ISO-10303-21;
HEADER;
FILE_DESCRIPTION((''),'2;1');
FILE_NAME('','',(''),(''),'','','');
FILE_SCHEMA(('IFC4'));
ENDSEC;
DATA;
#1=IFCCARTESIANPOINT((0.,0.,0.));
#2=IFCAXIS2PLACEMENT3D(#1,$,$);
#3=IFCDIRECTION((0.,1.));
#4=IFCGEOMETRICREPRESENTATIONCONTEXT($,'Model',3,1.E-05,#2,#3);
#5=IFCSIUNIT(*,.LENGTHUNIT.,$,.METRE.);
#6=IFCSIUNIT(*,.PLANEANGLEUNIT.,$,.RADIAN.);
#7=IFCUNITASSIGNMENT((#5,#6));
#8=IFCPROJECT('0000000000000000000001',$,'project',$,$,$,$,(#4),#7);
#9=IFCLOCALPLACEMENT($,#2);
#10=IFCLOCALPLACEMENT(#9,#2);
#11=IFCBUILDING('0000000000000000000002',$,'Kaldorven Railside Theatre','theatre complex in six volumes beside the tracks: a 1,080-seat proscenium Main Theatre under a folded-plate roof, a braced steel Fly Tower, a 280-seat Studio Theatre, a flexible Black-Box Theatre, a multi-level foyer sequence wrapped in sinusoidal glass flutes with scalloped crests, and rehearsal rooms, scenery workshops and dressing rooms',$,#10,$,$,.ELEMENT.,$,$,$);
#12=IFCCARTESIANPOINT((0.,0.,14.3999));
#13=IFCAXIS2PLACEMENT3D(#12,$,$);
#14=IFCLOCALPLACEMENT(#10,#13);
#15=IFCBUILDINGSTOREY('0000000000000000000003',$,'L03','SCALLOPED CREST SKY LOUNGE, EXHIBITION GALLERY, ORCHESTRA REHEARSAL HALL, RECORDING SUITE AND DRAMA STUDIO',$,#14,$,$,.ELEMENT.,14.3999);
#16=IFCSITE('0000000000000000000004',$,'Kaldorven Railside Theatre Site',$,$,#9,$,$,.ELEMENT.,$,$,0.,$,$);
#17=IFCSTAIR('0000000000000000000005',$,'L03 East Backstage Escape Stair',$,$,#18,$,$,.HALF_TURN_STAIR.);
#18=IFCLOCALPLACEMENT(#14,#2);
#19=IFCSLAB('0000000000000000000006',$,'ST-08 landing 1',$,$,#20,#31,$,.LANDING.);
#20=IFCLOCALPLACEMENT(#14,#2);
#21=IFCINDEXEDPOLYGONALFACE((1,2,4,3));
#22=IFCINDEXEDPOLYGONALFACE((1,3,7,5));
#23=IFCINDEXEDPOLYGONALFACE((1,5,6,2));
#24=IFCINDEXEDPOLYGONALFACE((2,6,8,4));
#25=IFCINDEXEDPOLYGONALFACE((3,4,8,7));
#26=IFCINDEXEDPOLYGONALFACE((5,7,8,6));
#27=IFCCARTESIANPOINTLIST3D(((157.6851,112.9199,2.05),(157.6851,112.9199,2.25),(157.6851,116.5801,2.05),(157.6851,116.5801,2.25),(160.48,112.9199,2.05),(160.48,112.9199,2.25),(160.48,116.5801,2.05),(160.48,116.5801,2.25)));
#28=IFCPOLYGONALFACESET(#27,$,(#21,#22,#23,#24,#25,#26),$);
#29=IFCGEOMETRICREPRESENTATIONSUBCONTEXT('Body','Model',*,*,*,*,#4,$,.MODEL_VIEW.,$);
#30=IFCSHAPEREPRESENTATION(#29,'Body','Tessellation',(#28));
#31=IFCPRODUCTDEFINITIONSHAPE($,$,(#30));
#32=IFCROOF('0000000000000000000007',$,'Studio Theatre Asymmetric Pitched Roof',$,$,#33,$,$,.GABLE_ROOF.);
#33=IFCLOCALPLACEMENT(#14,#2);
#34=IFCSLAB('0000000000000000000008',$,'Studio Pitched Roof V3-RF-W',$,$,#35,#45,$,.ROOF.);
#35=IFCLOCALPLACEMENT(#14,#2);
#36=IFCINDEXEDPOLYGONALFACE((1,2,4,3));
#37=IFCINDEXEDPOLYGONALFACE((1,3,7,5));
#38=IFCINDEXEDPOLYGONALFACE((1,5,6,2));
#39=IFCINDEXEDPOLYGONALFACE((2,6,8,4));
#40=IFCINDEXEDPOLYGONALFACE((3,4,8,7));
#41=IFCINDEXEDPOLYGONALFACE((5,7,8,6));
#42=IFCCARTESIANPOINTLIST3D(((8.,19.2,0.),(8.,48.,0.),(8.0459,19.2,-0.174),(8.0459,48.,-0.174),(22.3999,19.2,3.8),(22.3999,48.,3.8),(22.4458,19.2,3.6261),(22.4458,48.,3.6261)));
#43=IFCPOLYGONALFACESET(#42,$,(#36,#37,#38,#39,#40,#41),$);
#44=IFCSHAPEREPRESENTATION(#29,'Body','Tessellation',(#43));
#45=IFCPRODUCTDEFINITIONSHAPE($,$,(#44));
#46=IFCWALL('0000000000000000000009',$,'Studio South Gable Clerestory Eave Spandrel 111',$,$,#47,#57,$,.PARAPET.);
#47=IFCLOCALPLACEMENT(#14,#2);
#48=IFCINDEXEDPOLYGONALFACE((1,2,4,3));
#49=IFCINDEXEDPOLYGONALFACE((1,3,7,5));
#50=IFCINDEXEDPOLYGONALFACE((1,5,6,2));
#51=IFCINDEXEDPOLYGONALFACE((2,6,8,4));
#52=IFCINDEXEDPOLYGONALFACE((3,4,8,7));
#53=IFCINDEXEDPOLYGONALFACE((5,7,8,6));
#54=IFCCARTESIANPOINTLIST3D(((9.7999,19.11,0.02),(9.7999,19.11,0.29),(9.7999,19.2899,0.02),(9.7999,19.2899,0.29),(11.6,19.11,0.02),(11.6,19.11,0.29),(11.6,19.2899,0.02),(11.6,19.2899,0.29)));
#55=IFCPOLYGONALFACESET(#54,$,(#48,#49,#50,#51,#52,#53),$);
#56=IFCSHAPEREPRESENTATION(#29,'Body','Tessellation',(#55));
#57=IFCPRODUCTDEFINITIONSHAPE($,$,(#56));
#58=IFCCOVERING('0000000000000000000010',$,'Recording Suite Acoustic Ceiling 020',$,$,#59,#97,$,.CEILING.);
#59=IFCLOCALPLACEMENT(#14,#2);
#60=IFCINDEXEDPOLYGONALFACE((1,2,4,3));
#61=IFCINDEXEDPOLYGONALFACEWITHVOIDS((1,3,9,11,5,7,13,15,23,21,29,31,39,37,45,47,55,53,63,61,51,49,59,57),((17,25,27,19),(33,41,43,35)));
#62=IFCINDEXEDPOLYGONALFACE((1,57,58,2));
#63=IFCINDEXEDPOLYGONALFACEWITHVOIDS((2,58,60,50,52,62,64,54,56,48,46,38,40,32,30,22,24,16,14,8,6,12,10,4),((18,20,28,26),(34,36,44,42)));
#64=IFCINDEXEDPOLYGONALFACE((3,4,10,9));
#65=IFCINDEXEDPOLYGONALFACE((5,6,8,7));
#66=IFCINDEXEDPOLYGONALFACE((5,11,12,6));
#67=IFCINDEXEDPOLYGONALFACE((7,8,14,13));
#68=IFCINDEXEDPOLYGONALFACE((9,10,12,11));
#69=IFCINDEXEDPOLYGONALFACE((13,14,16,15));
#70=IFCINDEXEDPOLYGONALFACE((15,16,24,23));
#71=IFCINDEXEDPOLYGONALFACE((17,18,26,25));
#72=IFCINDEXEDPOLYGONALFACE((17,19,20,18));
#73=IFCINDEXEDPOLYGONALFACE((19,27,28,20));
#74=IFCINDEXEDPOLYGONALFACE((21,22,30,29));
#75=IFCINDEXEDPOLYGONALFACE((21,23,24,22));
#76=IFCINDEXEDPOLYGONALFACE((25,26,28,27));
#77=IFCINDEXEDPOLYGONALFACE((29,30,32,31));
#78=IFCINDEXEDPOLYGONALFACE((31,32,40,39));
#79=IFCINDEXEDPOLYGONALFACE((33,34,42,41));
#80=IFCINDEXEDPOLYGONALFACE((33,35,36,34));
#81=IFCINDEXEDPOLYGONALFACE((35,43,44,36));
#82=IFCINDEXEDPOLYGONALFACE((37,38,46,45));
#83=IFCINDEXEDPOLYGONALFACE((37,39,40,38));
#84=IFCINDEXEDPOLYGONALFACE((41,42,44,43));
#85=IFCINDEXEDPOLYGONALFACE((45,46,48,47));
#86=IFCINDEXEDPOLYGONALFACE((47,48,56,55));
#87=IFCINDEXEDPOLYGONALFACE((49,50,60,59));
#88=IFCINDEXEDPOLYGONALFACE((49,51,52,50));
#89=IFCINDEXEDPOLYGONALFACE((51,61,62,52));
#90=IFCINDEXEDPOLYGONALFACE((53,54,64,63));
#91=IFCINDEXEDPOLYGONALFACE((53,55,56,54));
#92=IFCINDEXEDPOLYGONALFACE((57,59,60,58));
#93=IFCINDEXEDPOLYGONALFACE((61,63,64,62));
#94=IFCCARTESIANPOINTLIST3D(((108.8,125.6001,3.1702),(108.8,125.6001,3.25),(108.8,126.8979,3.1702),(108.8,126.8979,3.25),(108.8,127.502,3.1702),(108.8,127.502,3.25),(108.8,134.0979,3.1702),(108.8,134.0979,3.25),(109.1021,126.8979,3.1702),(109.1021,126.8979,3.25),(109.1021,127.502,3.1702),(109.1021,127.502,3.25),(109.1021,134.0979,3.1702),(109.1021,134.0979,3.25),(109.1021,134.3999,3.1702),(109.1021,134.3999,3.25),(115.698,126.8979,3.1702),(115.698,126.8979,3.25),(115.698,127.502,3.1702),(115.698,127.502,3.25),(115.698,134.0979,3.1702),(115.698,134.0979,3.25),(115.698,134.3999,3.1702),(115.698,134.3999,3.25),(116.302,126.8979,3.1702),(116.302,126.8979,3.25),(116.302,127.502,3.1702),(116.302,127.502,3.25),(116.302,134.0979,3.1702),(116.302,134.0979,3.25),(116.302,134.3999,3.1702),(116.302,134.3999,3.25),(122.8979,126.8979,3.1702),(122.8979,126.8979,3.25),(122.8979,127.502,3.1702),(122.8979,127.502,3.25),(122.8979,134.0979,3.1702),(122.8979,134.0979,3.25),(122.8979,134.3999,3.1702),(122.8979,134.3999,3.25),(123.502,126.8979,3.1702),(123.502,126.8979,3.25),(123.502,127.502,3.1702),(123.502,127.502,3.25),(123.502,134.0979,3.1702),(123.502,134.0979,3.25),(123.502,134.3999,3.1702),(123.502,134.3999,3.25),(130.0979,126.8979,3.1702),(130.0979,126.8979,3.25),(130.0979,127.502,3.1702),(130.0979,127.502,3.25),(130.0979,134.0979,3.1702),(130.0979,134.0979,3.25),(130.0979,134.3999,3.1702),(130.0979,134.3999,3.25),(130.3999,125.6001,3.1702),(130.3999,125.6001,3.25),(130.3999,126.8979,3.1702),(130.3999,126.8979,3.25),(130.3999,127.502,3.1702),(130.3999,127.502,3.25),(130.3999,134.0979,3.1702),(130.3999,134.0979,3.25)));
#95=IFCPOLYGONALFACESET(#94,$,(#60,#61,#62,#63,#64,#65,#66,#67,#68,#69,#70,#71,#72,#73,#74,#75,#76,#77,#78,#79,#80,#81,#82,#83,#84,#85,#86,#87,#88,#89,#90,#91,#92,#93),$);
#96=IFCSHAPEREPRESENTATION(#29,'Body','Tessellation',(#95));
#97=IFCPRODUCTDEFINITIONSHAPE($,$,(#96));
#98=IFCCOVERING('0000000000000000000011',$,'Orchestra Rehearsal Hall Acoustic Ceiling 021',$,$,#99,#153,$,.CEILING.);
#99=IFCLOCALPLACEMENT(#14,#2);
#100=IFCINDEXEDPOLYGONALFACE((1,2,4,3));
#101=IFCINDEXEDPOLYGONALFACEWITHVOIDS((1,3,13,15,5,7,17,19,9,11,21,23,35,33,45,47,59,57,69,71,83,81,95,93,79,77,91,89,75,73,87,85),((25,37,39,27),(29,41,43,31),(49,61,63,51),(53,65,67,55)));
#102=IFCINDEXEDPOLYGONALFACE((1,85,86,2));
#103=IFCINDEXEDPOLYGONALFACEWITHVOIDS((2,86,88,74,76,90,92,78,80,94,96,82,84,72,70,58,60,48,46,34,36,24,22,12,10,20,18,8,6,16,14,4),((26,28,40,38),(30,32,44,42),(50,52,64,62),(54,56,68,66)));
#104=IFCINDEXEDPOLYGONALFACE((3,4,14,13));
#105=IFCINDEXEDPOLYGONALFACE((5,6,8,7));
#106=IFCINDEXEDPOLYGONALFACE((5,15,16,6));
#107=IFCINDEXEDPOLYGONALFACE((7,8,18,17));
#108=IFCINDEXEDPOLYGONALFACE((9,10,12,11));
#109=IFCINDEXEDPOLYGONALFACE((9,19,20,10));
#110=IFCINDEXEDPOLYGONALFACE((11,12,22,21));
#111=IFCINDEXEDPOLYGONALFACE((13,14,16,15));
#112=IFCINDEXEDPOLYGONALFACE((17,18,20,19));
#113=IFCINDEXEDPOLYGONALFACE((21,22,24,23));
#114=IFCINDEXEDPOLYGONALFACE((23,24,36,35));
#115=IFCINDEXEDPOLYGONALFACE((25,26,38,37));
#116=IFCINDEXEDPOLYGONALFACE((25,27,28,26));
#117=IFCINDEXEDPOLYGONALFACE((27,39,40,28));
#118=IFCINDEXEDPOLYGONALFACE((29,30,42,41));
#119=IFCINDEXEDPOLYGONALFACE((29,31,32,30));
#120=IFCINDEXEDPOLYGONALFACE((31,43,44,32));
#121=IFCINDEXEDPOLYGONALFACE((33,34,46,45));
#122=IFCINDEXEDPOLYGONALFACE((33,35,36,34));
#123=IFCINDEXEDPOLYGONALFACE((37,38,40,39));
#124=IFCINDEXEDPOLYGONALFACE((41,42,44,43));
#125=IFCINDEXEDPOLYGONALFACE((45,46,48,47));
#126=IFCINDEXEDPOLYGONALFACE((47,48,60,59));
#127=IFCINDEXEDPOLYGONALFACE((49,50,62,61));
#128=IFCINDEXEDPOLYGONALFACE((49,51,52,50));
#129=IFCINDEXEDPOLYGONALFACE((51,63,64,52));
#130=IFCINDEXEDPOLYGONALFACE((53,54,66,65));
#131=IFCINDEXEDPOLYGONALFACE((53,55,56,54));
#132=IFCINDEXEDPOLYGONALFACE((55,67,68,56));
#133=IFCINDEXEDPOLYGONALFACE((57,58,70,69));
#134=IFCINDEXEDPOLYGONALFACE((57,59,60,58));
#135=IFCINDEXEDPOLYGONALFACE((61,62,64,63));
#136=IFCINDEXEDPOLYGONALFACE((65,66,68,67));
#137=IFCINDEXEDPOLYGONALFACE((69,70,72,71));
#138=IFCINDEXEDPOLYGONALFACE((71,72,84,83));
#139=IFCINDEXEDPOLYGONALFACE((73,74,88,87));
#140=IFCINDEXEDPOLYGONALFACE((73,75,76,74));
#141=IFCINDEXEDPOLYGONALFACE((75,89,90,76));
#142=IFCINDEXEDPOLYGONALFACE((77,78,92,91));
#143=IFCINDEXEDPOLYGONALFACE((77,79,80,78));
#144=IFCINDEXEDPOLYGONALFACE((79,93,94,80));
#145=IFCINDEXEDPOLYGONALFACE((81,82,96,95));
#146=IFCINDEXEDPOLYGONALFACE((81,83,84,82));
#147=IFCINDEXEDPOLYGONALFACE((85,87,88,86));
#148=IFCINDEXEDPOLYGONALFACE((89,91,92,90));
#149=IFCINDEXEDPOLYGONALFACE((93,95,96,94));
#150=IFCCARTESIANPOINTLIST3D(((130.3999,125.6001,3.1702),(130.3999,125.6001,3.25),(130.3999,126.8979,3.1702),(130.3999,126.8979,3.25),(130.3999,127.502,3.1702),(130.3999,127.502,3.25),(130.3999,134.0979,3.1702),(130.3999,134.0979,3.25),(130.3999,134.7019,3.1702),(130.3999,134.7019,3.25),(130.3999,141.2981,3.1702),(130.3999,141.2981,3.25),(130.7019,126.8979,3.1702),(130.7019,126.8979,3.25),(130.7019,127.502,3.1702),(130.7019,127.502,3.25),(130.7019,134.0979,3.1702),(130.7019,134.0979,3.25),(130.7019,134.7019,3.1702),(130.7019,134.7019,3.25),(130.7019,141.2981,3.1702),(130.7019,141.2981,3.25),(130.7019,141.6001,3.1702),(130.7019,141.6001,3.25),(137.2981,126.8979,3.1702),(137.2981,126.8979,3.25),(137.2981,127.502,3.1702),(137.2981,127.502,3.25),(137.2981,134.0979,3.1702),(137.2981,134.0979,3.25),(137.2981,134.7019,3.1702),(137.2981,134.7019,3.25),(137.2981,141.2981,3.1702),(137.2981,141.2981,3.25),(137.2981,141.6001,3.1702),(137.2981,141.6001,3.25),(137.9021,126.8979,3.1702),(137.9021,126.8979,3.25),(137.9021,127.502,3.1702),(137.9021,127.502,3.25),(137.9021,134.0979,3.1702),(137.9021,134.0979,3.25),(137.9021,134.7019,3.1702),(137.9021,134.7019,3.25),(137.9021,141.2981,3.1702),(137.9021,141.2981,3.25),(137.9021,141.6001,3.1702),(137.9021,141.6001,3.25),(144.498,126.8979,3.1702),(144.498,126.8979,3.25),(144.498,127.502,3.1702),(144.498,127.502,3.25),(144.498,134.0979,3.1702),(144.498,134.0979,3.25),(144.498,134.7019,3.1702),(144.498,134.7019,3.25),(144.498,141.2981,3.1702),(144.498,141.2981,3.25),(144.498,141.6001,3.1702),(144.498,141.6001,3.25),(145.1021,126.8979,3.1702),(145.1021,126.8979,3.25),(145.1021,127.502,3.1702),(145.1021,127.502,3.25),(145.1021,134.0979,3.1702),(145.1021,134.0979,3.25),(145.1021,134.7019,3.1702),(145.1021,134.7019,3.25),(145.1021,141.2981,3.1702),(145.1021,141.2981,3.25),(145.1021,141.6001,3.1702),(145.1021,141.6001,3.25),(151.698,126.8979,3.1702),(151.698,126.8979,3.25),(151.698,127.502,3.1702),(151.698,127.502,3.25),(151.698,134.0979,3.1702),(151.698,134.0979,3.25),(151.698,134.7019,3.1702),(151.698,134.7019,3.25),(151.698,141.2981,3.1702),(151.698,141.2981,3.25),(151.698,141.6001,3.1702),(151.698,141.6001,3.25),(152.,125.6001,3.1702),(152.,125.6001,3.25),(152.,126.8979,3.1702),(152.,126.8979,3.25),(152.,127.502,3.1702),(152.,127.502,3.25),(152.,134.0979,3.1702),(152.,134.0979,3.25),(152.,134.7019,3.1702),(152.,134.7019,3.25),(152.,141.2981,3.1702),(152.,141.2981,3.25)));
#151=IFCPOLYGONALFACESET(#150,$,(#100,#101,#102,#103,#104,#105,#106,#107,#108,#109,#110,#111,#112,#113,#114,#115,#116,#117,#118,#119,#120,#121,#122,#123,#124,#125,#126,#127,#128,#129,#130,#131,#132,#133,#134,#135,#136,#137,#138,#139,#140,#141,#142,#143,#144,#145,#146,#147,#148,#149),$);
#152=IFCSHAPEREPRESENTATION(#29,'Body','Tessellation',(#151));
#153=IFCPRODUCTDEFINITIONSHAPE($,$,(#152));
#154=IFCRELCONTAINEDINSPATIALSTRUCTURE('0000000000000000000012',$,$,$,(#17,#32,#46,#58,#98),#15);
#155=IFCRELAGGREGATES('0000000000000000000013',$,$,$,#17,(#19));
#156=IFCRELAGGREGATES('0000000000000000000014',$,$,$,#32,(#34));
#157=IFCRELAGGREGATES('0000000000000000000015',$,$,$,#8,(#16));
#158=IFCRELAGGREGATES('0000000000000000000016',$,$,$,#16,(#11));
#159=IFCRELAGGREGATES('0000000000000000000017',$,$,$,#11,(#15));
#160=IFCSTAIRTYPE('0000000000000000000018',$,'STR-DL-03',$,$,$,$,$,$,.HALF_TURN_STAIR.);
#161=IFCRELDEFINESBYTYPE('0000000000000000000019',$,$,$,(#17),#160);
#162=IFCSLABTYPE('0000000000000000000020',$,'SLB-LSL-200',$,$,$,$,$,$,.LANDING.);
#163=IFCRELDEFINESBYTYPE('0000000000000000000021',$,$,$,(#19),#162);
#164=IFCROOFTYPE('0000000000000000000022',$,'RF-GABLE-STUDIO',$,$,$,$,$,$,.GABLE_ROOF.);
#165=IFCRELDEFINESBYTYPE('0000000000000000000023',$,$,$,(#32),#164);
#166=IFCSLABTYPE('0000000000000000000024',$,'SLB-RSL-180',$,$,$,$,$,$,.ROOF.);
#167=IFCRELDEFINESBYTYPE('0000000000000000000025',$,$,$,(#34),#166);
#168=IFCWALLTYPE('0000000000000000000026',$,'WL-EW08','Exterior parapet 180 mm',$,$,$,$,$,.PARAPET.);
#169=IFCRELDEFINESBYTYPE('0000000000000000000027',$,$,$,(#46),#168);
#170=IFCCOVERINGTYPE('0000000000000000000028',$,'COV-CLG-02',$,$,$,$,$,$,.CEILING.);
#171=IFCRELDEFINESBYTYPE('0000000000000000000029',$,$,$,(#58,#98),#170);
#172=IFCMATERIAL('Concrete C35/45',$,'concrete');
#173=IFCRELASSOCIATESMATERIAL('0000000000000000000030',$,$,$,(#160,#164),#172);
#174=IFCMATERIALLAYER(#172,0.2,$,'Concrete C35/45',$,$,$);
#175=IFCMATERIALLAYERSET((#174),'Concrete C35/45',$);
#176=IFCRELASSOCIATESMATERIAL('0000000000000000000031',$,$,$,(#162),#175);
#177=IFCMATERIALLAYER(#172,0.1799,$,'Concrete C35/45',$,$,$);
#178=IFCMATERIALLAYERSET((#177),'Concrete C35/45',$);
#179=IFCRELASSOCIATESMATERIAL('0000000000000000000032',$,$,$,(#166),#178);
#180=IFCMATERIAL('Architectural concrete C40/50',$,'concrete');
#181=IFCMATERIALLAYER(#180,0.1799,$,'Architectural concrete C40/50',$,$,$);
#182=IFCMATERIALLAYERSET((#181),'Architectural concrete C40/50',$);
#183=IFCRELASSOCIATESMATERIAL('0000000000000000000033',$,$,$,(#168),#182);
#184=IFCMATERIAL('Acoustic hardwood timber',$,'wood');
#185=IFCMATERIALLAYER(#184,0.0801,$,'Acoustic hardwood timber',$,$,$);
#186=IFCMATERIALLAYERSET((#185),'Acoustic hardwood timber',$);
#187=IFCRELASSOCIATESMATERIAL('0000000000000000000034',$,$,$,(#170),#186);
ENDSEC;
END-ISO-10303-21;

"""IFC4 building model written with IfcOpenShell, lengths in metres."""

from ifc_helpers import new_model, si_unit, direction, frame, frame_2d, origin, place, context, subcontext, project, spatial, polyline, rectangle, outline, extrude, material, layer, layer_set, type_object, element, aggregate, save


model = new_model("IFC4")

# Units and contexts
model_context = context("Model", 3, precision=1e-05, world=origin(), true_north=direction((0.0, 1.0)))
body_context = subcontext(model_context, "Body", "Model", "MODEL_VIEW")
ifc_project = project(units=[si_unit("LENGTHUNIT", "METRE"), si_unit("PLANEANGLEUNIT", "RADIAN")], contexts=[model_context])

# Site, building, storey
site_placement = place(None, origin())
site = spatial("IfcSite", under=ifc_project, at=site_placement, Name="Kaldorven Railside Theatre Site", CompositionType="ELEMENT", RefElevation=0.0)
building_placement = place(site_placement, origin())
building = spatial("IfcBuilding", under=site, at=building_placement, Name="Kaldorven Railside Theatre", Description="theatre complex in six volumes beside the tracks: a 1,080-seat proscenium Main Theatre under a folded-plate roof, a braced steel Fly Tower, a 280-seat Studio Theatre, a flexible Black-Box Theatre, a multi-level foyer sequence wrapped in sinusoidal glass flutes with scalloped crests, and rehearsal rooms, scenery workshops and dressing rooms", CompositionType="ELEMENT")
storey_placement = place(building_placement, frame((0.0, 0.0, 14.3999)))
storey = spatial("IfcBuildingStorey", under=building, at=storey_placement, Name="L03", Description="SCALLOPED CREST SKY LOUNGE, EXHIBITION GALLERY, ORCHESTRA REHEARSAL HALL, RECORDING SUITE AND DRAMA STUDIO", CompositionType="ELEMENT", Elevation=14.3999)

# Shared definitions
ifc_material_1 = material(Name="Concrete C35/45", Category="concrete")

# Stair, slab
stair_type = type_object("IfcStairType", Name="STR-DL-03", PredefinedType="HALF_TURN_STAIR", material=ifc_material_1)
ifc_layer_1 = layer(ifc_material_1, 0.2, Name="Concrete C35/45")
ifc_layer_set_1 = layer_set([ifc_layer_1], Name="Concrete C35/45")
slab_type_1 = type_object("IfcSlabType", Name="SLB-LSL-200", PredefinedType="LANDING", material=ifc_layer_set_1)
stair_1_placement = place(storey_placement, origin())
stair_1 = element("IfcStair", 1, at=stair_1_placement, inside=storey, type_object=stair_type, Name="L03 East Backstage Escape Stair", PredefinedType="HALF_TURN_STAIR")
slab_1_placement = place(storey_placement, frame((0.0, 0.0, 2.05)))
slab_1 = element("IfcSlab", 2, at=slab_1_placement, type_object=slab_type_1, Name="ST-08 landing 1", PredefinedType="LANDING", context=body_context, shape_type="SweptSolid", body=[
    extrude(outline(polyline([(157.6851, 112.9199), (160.48, 112.9199), (160.48, 116.5801), (157.6851, 116.5801), (157.6851, 112.9199)])), origin(), (0.0, 0.0, 1.0), 0.2),
])
aggregate(stair_1, [slab_1])

# Roof, slab
roof_type = type_object("IfcRoofType", Name="RF-GABLE-STUDIO", PredefinedType="GABLE_ROOF", material=ifc_material_1)
roof_placement = place(storey_placement, origin())
roof = element("IfcRoof", 3, at=roof_placement, inside=storey, type_object=roof_type, Name="Studio Theatre Asymmetric Pitched Roof", PredefinedType="GABLE_ROOF")
ifc_layer_2 = layer(ifc_material_1, 0.1799, Name="Concrete C35/45")
ifc_layer_set_2 = layer_set([ifc_layer_2], Name="Concrete C35/45")
slab_type_2 = type_object("IfcSlabType", Name="SLB-RSL-180", PredefinedType="ROOF", material=ifc_layer_set_2)
slab_2_placement = place(storey_placement, frame((8.0, 19.2, 0.0), z_axis=(-0.255159, 0.0, 0.966899), x_axis=(0.966899, 0.0, 0.255159)))
slab_2 = element("IfcSlab", 4, at=slab_2_placement, type_object=slab_type_2, Name="Studio Pitched Roof V3-RF-W", PredefinedType="ROOF", context=body_context, shape_type="SweptSolid", body=[
    extrude(outline(polyline([(0.0, 0.0), (14.8929, 0.0), (14.8929, 28.8), (0.0, 28.8), (0.0, 0.0)])), origin(), (0.0, 0.0, -1.0), 0.1799),
])
aggregate(roof, [slab_2])

# Wall
ifc_material_2 = material(Name="Architectural concrete C40/50", Category="concrete")
ifc_layer_3 = layer(ifc_material_2, 0.1799, Name="Architectural concrete C40/50")
ifc_layer_set_3 = layer_set([ifc_layer_3], Name="Architectural concrete C40/50")
wall_type = type_object("IfcWallType", Name="WL-EW08", Description="Exterior parapet 180 mm", PredefinedType="PARAPET", material=ifc_layer_set_3)
wall_placement = place(storey_placement, frame((9.8, 19.2, 0.02), z_axis=(0.0, 0.0, 1.0), x_axis=(1.0, 0.0, 0.0)))
element("IfcWall", 5, at=wall_placement, inside=storey, type_object=wall_type, Name="Studio South Gable Clerestory Eave Spandrel 111", PredefinedType="PARAPET", context=body_context, shape_type="SweptSolid", body=[
    extrude(rectangle(XDim=1.8, YDim=0.1799, at=frame_2d((0.8999, 0.0))), origin(), (0.0, 0.0, 1.0), 0.27),
])

# Coverings
ifc_material_3 = material(Name="Acoustic hardwood timber", Category="wood")
ifc_layer_4 = layer(ifc_material_3, 0.0801, Name="Acoustic hardwood timber")
ifc_layer_set_4 = layer_set([ifc_layer_4], Name="Acoustic hardwood timber")
covering_type_1 = type_object("IfcCoveringType", Name="COV-CLG-02", PredefinedType="CEILING", material=ifc_layer_set_4)
covering_1_placement = place(storey_placement, frame((0.0, 0.0, 3.1702)))
element("IfcCovering", 6, at=covering_1_placement, inside=storey, type_object=covering_type_1, Name="Recording Suite Acoustic Ceiling 020", PredefinedType="CEILING", context=body_context, shape_type="SweptSolid", body=[
    extrude(outline(polyline([(130.3999, 125.6001), (108.8, 125.6001), (108.8, 126.8979), (109.1021, 126.8979), (109.1021, 127.502), (108.8, 127.502), (108.8, 134.0979), (109.1021, 134.0979), (109.1021, 134.3999), (115.698, 134.3999), (115.698, 134.0979), (116.302, 134.0979), (116.302, 134.3999), (122.8979, 134.3999), (122.8979, 134.0979), (123.502, 134.0979), (123.502, 134.3999), (130.0979, 134.3999), (130.0979, 134.0979), (130.3999, 134.0979), (130.3999, 127.502), (130.0979, 127.502), (130.0979, 126.8979), (130.3999, 126.8979), (130.3999, 125.6001)]), holes=[polyline([(122.8979, 127.502), (122.8979, 126.8979), (123.502, 126.8979), (123.502, 127.502), (122.8979, 127.502)]), polyline([(115.698, 127.502), (115.698, 126.8979), (116.302, 126.8979), (116.302, 127.502), (115.698, 127.502)])]), origin(), (0.0, 0.0, 1.0), 0.0798),
])
covering_2_placement = place(storey_placement, frame((0.0, 0.0, 3.1702)))
element("IfcCovering", 7, at=covering_2_placement, inside=storey, type_object=covering_type_1, Name="Orchestra Rehearsal Hall Acoustic Ceiling 021", PredefinedType="CEILING", context=body_context, shape_type="SweptSolid", body=[
    extrude(outline(polyline([(152.0, 125.6001), (130.3999, 125.6001), (130.3999, 126.8979), (130.7019, 126.8979), (130.7019, 127.502), (130.3999, 127.502), (130.3999, 134.0979), (130.7019, 134.0979), (130.7019, 134.7019), (130.3999, 134.7019), (130.3999, 141.2981), (130.7019, 141.2981), (130.7019, 141.6001), (137.2981, 141.6001), (137.2981, 141.2981), (137.9021, 141.2981), (137.9021, 141.6001), (144.498, 141.6001), (144.498, 141.2981), (145.1021, 141.2981), (145.1021, 141.6001), (151.698, 141.6001), (151.698, 141.2981), (152.0, 141.2981), (152.0, 134.7019), (151.698, 134.7019), (151.698, 134.0979), (152.0, 134.0979), (152.0, 127.502), (151.698, 127.502), (151.698, 126.8979), (152.0, 126.8979), (152.0, 125.6001)]), holes=[polyline([(144.498, 127.502), (144.498, 126.8979), (145.1021, 126.8979), (145.1021, 127.502), (144.498, 127.502)]), polyline([(137.2981, 127.502), (137.2981, 126.8979), (137.9021, 126.8979), (137.9021, 127.502), (137.2981, 127.502)]), polyline([(144.498, 134.7019), (144.498, 134.0979), (145.1021, 134.0979), (145.1021, 134.7019), (144.498, 134.7019)]), polyline([(137.2981, 134.7019), (137.2981, 134.0979), (137.9021, 134.0979), (137.9021, 134.7019), (137.2981, 134.7019)])]), origin(), (0.0, 0.0, 1.0), 0.0798),
])

save(model, "model.ifc")
